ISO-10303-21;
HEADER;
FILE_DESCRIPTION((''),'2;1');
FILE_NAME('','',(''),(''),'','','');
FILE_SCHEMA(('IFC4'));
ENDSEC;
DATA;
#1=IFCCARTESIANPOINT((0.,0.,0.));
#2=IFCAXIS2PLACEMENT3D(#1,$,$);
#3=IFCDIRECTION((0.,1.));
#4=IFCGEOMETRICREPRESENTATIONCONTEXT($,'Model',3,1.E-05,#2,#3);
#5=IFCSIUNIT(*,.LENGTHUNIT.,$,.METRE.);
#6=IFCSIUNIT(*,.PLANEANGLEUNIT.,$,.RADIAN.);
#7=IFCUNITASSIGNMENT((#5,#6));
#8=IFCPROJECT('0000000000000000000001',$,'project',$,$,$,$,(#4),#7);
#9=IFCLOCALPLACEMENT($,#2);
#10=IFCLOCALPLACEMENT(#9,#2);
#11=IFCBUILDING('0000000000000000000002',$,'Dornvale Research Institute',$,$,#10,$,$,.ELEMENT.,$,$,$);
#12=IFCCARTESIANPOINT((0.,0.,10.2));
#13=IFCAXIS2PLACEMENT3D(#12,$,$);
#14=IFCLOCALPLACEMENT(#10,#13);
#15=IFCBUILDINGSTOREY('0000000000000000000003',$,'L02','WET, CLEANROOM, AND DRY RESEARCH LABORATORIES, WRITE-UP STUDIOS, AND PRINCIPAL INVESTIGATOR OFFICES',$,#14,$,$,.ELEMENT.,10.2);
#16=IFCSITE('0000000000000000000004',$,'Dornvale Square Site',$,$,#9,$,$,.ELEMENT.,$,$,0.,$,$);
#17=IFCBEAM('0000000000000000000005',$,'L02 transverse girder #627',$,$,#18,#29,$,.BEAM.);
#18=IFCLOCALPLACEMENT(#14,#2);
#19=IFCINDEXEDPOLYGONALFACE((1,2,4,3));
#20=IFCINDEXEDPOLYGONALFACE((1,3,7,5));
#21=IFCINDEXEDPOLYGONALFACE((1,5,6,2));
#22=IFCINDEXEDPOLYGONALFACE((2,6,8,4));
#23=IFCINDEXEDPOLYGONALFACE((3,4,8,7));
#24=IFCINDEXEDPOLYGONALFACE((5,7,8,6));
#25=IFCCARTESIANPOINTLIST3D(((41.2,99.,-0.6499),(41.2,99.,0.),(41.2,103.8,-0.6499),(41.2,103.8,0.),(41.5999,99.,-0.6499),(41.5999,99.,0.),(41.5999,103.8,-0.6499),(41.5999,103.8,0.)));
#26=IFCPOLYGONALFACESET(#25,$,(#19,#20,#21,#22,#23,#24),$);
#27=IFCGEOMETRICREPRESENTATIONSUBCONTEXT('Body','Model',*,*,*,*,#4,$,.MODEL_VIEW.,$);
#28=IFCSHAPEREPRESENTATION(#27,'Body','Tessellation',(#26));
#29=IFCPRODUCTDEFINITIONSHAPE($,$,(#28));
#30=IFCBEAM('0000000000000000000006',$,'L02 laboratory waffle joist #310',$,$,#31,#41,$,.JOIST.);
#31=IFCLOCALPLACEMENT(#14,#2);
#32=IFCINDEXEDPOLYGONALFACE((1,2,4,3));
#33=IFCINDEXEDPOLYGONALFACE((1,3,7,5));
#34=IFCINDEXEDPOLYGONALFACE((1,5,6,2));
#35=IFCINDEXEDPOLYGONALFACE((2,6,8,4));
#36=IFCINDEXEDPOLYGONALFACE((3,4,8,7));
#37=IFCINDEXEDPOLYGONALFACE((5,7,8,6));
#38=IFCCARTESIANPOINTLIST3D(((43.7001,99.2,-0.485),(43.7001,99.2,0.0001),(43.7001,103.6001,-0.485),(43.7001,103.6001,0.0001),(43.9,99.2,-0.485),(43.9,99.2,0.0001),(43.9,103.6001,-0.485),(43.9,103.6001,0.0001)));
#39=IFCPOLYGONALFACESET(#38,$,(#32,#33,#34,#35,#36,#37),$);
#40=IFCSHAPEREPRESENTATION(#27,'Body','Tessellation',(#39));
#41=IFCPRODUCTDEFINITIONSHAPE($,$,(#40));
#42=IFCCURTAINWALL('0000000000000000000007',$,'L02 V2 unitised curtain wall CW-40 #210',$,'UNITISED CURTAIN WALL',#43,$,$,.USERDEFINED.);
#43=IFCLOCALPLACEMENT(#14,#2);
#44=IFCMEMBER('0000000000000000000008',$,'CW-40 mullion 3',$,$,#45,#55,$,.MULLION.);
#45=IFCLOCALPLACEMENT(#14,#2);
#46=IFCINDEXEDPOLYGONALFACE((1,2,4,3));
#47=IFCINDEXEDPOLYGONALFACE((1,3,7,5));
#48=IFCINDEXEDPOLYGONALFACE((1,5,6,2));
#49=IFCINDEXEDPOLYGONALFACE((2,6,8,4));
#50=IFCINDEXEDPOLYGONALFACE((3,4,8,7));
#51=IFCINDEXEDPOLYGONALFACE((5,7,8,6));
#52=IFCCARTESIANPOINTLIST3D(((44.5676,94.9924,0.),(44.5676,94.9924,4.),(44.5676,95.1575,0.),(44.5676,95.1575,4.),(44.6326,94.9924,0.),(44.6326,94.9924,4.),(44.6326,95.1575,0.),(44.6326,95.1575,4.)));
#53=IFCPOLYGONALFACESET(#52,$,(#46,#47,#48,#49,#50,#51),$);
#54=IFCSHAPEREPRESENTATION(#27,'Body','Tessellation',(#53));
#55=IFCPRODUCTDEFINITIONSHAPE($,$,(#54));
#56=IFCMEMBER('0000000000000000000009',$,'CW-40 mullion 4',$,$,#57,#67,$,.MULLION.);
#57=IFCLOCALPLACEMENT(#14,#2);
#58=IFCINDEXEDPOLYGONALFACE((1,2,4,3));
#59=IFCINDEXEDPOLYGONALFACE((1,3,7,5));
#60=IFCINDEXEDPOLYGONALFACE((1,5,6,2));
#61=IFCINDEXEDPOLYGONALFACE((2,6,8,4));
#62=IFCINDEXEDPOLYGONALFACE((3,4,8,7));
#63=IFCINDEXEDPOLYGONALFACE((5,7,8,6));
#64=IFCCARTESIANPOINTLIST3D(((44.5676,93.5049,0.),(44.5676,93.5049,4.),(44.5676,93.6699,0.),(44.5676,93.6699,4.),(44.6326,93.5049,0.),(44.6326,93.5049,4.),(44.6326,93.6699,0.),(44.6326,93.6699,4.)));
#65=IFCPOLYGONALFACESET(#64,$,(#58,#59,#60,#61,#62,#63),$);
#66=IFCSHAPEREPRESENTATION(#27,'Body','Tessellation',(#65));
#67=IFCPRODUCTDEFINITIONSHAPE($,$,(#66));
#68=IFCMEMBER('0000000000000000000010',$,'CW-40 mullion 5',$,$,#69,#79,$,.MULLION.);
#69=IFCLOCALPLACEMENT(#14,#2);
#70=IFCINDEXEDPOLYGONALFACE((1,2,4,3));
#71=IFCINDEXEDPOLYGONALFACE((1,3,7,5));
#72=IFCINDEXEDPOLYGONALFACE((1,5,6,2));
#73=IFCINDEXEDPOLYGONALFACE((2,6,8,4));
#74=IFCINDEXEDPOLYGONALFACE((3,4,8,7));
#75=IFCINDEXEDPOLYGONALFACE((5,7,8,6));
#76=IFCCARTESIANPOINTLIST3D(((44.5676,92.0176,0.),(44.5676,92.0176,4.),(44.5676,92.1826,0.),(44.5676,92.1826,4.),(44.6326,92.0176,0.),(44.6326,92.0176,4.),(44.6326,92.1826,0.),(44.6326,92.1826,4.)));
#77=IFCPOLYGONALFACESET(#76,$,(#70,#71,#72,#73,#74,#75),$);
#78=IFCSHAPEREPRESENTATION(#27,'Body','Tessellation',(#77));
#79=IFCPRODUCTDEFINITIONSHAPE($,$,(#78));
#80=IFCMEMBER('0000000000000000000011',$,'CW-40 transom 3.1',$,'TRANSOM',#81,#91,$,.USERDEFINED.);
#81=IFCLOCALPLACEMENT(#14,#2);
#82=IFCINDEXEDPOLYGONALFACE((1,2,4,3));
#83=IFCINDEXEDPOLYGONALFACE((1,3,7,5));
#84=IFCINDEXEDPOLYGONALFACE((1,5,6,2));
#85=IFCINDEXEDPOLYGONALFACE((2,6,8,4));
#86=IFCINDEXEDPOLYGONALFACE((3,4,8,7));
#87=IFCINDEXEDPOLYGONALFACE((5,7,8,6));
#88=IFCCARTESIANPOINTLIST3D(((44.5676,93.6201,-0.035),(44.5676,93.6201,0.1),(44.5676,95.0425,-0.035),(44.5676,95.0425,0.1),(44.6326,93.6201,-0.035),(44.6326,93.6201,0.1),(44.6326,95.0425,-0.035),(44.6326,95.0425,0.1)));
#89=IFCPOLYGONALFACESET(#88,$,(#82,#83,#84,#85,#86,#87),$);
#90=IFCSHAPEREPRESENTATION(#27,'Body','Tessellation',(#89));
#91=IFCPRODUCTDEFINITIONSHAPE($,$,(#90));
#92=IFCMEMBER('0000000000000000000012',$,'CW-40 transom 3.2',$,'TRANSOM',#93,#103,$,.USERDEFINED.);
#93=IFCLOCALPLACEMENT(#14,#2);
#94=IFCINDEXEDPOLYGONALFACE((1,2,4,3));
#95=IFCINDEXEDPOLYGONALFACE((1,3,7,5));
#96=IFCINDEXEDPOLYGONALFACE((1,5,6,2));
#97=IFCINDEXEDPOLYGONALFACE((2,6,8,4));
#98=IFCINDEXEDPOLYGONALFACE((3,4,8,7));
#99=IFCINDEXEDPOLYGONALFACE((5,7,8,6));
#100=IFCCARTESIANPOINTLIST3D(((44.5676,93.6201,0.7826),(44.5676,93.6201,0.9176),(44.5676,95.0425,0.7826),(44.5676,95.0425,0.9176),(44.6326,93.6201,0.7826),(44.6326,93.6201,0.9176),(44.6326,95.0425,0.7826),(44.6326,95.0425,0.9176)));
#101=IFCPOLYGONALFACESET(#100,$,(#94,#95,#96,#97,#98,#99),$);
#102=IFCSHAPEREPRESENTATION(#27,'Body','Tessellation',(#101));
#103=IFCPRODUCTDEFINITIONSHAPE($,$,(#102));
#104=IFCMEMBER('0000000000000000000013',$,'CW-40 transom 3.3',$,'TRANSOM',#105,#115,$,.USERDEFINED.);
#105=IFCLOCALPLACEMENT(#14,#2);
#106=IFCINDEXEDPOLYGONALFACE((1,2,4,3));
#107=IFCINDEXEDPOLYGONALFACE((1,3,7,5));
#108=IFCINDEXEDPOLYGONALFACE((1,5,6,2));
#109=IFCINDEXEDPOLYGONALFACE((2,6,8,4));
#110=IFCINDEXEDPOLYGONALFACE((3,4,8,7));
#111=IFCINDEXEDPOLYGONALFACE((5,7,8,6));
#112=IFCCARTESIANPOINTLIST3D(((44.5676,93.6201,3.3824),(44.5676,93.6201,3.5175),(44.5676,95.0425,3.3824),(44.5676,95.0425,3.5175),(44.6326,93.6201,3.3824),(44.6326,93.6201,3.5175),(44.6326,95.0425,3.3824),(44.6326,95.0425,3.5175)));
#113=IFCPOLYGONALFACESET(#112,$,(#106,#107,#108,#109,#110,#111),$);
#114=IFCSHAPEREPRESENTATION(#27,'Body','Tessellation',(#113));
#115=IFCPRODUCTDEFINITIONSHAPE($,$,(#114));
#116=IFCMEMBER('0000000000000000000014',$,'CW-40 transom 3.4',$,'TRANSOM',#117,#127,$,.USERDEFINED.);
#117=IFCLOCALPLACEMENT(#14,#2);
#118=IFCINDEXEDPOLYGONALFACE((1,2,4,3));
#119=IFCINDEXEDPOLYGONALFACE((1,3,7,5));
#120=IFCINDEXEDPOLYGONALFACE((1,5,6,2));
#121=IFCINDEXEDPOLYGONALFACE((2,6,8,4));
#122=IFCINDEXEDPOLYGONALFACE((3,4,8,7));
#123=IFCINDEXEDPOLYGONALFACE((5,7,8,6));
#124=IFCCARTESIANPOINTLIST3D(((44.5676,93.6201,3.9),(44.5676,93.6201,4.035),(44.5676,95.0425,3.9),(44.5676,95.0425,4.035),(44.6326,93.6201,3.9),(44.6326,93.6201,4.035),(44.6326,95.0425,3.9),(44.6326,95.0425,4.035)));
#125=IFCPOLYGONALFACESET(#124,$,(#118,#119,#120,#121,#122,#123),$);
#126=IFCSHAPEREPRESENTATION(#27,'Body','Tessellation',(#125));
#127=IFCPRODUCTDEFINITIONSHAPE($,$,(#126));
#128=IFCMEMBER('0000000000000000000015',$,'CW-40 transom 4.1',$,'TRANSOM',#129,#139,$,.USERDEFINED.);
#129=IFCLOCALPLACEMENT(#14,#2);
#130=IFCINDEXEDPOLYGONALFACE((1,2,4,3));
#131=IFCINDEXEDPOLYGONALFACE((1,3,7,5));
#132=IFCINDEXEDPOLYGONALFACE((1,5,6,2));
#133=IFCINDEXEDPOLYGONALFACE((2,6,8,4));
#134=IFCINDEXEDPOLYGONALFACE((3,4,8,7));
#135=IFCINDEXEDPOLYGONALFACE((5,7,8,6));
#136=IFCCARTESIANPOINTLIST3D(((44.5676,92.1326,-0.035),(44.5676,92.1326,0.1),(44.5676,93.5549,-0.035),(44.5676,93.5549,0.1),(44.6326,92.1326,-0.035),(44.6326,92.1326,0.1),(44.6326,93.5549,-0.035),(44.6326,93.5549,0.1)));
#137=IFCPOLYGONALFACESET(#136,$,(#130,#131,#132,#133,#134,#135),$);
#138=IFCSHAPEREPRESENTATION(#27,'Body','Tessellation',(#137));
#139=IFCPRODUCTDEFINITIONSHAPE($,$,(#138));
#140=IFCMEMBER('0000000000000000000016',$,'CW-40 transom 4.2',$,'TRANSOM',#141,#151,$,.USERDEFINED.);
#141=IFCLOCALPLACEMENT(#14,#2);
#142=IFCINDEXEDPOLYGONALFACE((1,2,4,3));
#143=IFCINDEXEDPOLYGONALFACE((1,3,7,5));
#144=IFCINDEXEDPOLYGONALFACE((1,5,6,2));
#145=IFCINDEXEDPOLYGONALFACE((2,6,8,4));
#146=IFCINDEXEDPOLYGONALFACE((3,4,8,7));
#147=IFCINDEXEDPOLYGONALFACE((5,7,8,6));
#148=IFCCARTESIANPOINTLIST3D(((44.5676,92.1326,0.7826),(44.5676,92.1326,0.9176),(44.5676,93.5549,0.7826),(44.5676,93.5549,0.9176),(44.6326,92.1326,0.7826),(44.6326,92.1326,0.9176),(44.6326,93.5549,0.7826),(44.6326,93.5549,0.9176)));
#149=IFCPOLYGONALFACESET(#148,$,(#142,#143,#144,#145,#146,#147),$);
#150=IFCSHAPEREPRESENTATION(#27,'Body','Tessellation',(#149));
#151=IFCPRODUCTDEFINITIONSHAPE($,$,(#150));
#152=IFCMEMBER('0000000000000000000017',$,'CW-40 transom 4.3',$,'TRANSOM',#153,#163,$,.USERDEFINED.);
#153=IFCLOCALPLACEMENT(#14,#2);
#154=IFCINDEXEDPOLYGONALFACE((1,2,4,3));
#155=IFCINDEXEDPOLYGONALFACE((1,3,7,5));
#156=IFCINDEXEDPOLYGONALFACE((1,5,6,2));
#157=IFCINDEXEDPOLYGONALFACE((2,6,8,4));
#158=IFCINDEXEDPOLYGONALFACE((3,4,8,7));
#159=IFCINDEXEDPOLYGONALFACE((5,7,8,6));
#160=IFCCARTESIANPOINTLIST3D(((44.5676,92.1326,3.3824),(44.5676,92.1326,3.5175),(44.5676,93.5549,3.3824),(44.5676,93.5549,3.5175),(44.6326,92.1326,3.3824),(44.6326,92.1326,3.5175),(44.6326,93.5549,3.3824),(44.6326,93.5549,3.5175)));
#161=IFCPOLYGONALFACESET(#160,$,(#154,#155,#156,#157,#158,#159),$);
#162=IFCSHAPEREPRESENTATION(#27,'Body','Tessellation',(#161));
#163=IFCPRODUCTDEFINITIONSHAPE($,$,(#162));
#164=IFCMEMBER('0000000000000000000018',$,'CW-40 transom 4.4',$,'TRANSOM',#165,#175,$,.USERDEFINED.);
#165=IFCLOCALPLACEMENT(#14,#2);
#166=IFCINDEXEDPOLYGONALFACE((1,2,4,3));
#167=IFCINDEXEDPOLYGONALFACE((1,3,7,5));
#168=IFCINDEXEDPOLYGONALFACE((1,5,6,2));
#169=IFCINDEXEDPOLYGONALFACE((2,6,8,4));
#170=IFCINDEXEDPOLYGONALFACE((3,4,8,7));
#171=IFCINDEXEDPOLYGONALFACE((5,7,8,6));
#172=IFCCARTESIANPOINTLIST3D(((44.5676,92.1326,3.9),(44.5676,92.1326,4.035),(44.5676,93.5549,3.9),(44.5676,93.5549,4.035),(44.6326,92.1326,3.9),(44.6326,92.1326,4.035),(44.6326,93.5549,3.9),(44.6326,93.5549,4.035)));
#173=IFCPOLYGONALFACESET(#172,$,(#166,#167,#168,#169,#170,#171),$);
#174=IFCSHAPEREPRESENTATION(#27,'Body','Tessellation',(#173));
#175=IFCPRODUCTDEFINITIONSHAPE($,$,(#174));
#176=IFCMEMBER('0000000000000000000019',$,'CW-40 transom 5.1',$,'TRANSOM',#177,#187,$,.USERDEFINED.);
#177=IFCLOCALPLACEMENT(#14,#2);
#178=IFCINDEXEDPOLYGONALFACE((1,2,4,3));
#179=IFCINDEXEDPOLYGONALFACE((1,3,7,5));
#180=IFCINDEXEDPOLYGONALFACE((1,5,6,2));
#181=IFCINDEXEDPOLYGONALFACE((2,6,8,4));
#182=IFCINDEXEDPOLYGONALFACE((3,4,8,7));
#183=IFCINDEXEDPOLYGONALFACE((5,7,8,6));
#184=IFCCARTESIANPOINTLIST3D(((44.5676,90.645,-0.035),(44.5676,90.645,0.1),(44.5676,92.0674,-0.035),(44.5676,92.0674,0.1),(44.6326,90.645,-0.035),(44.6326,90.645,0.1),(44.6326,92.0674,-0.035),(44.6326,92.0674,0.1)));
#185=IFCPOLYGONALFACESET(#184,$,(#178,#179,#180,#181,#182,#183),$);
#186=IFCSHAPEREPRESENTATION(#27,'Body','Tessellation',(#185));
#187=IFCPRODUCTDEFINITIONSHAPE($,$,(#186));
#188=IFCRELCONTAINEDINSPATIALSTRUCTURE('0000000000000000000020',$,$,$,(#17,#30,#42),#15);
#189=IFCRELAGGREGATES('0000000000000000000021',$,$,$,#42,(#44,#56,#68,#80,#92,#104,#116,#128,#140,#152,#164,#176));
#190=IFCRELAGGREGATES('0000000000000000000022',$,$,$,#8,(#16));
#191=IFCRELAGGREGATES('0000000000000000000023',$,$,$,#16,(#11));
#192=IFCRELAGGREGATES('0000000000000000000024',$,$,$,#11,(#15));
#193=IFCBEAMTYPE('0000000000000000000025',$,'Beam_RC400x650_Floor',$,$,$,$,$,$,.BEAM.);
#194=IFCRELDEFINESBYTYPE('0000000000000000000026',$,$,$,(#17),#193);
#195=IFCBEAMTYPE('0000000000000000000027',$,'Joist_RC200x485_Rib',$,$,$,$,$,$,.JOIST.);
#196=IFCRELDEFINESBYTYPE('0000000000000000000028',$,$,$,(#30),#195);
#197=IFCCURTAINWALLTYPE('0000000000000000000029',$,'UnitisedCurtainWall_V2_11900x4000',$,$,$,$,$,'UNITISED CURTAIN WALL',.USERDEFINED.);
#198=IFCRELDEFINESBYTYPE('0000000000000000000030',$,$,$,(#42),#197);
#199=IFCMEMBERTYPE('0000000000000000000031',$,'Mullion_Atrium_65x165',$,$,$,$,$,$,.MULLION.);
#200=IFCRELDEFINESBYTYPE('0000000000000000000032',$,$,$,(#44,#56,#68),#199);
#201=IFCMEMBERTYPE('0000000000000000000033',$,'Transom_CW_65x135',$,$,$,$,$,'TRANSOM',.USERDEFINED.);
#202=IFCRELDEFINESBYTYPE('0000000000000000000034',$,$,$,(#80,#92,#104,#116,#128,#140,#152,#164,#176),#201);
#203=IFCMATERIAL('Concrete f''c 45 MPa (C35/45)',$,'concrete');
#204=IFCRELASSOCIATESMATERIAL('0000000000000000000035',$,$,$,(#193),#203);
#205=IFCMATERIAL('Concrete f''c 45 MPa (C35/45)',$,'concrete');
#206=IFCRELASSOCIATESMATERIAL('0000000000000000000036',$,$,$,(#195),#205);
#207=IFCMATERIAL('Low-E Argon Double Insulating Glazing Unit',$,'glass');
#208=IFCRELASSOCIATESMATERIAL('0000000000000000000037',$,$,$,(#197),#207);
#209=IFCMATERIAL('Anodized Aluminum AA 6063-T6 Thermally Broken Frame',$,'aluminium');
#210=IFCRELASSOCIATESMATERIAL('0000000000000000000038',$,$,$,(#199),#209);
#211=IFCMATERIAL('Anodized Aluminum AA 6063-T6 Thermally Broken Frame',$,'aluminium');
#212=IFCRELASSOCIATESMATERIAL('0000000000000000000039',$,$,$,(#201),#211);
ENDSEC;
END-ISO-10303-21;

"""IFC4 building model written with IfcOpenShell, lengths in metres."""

from ifc_helpers import new_model, si_unit, direction, frame, origin, origin_2d, place, context, subcontext, project, spatial, rectangle, extrude, material, material_profile, profile_set, type_object, element, aggregate, save


model = new_model("IFC4")

# Units and contexts
model_context = context("Model", 3, precision=1e-05, world=origin(), true_north=direction((0.0, 1.0)))
body_context = subcontext(model_context, "Body", "Model", "MODEL_VIEW")
ifc_project = project(units=[si_unit("LENGTHUNIT", "METRE"), si_unit("PLANEANGLEUNIT", "RADIAN")], contexts=[model_context])

# Site, building, storey
site_placement = place(None, origin())
site = spatial("IfcSite", under=ifc_project, at=site_placement, Name="Dornvale Square Site", CompositionType="ELEMENT", RefElevation=0.0)
building_placement = place(site_placement, origin())
building = spatial("IfcBuilding", under=site, at=building_placement, Name="Dornvale Research Institute", CompositionType="ELEMENT")
storey_placement = place(building_placement, frame((0.0, 0.0, 10.2)))
storey = spatial("IfcBuildingStorey", under=building, at=storey_placement, Name="L02", Description="WET, CLEANROOM, AND DRY RESEARCH LABORATORIES, WRITE-UP STUDIOS, AND PRINCIPAL INVESTIGATOR OFFICES", CompositionType="ELEMENT", Elevation=10.2)

# Beams
ifc_material_1 = material(Name="Concrete f'c 45 MPa (C35/45)", Category="concrete")
ifc_material_profile_1 = material_profile(ifc_material_1, rectangle(XDim=0.3999, YDim=0.6499, at=origin_2d()), Name="RC 400x650")
ifc_profile_set_1 = profile_set([ifc_material_profile_1], Name="Concrete f'c 45 MPa (C35/45)")
beam_type_1 = type_object("IfcBeamType", Name="Beam_RC400x650_Floor", PredefinedType="BEAM", material=ifc_profile_set_1)
beam_1_placement = place(storey_placement, frame((41.3999, 99.0, -0.325), z_axis=(0.0, 1.0, 0.0), x_axis=(-1.0, 0.0, 0.0)))
element("IfcBeam", 1, at=beam_1_placement, inside=storey, type_object=beam_type_1, Name="L02 transverse girder #627", PredefinedType="BEAM", context=body_context, shape_type="SweptSolid", body=[
    extrude(rectangle(XDim=0.3999, YDim=0.6499, at=origin_2d()), origin(), (0.0, 0.0, 1.0), 4.8),
])
ifc_material_2 = material(Name="Concrete f'c 45 MPa (C35/45)", Category="concrete")
ifc_material_profile_2 = material_profile(ifc_material_2, rectangle(XDim=0.2, YDim=0.4851, at=origin_2d()), Name="RC 200x485")
ifc_profile_set_2 = profile_set([ifc_material_profile_2], Name="Concrete f'c 45 MPa (C35/45)")
beam_type_2 = type_object("IfcBeamType", Name="Joist_RC200x485_Rib", PredefinedType="JOIST", material=ifc_profile_set_2)
beam_2_placement = place(storey_placement, frame((43.8, 99.2, -0.2424), z_axis=(0.0, 1.0, 0.0), x_axis=(-1.0, 0.0, 0.0)))
element("IfcBeam", 2, at=beam_2_placement, inside=storey, type_object=beam_type_2, Name="L02 laboratory waffle joist #310", PredefinedType="JOIST", context=body_context, shape_type="SweptSolid", body=[
    extrude(rectangle(XDim=0.2, YDim=0.4851, at=origin_2d()), origin(), (0.0, 0.0, 1.0), 4.4001),
])

# Curtain wall, members
ifc_material_3 = material(Name="Low-E Argon Double Insulating Glazing Unit", Category="glass")
curtain_wall_type = type_object("IfcCurtainWallType", Name="UnitisedCurtainWall_V2_11900x4000", ElementType="UNITISED CURTAIN WALL", PredefinedType="USERDEFINED", material=ifc_material_3)
curtain_wall_placement = place(storey_placement, origin())
curtain_wall = element("IfcCurtainWall", 3, at=curtain_wall_placement, inside=storey, type_object=curtain_wall_type, Name="L02 V2 unitised curtain wall CW-40 #210", ObjectType="UNITISED CURTAIN WALL", PredefinedType="USERDEFINED")
ifc_material_4 = material(Name="Anodized Aluminum AA 6063-T6 Thermally Broken Frame", Category="aluminium")
ifc_material_profile_3 = material_profile(ifc_material_4, rectangle(XDim=0.0649, YDim=0.165, at=origin_2d()), Name="ALU MULLION 65x165")
ifc_profile_set_3 = profile_set([ifc_material_profile_3], Name="Anodized Aluminum AA 6063-T6 Thermally Broken Frame")
member_type_1 = type_object("IfcMemberType", Name="Mullion_Atrium_65x165", PredefinedType="MULLION", material=ifc_profile_set_3)
member_1_placement = place(storey_placement, frame((44.6001, 95.075, 0.0), z_axis=(0.0, 0.0, 1.0), x_axis=(1.0, 0.0, 0.0)))
member_1 = element("IfcMember", 4, at=member_1_placement, type_object=member_type_1, Name="CW-40 mullion 3", PredefinedType="MULLION", context=body_context, shape_type="SweptSolid", body=[
    extrude(rectangle(XDim=0.0649, YDim=0.165, at=origin_2d()), origin(), (0.0, 0.0, 1.0), 4.0),
])
member_2_placement = place(storey_placement, frame((44.6001, 93.5874, 0.0), z_axis=(0.0, 0.0, 1.0), x_axis=(1.0, 0.0, 0.0)))
member_2 = element("IfcMember", 5, at=member_2_placement, type_object=member_type_1, Name="CW-40 mullion 4", PredefinedType="MULLION", context=body_context, shape_type="SweptSolid", body=[
    extrude(rectangle(XDim=0.0649, YDim=0.165, at=origin_2d()), origin(), (0.0, 0.0, 1.0), 4.0),
])
member_3_placement = place(storey_placement, frame((44.6001, 92.1001, 0.0), z_axis=(0.0, 0.0, 1.0), x_axis=(1.0, 0.0, 0.0)))
member_3 = element("IfcMember", 6, at=member_3_placement, type_object=member_type_1, Name="CW-40 mullion 5", PredefinedType="MULLION", context=body_context, shape_type="SweptSolid", body=[
    extrude(rectangle(XDim=0.0649, YDim=0.165, at=origin_2d()), origin(), (0.0, 0.0, 1.0), 4.0),
])
ifc_material_5 = material(Name="Anodized Aluminum AA 6063-T6 Thermally Broken Frame", Category="aluminium")
ifc_material_profile_4 = material_profile(ifc_material_5, rectangle(XDim=0.0649, YDim=0.135, at=origin_2d()), Name="ALU TRANSOM 65x135")
ifc_profile_set_4 = profile_set([ifc_material_profile_4], Name="Anodized Aluminum AA 6063-T6 Thermally Broken Frame")
member_type_2 = type_object("IfcMemberType", Name="Transom_CW_65x135", ElementType="TRANSOM", PredefinedType="USERDEFINED", material=ifc_profile_set_4)
member_4_placement = place(storey_placement, frame((44.6001, 95.0425, 0.0325), z_axis=(0.0, -1.0, 0.0), x_axis=(1.0, 0.0, 0.0)))
member_4 = element("IfcMember", 7, at=member_4_placement, type_object=member_type_2, Name="CW-40 transom 3.1", ObjectType="TRANSOM", PredefinedType="USERDEFINED", context=body_context, shape_type="SweptSolid", body=[
    extrude(rectangle(XDim=0.0649, YDim=0.135, at=origin_2d()), origin(), (0.0, 0.0, 1.0), 1.4224),
])
member_5_placement = place(storey_placement, frame((44.6001, 95.0425, 0.8501), z_axis=(0.0, -1.0, 0.0), x_axis=(1.0, 0.0, 0.0)))
member_5 = element("IfcMember", 8, at=member_5_placement, type_object=member_type_2, Name="CW-40 transom 3.2", ObjectType="TRANSOM", PredefinedType="USERDEFINED", context=body_context, shape_type="SweptSolid", body=[
    extrude(rectangle(XDim=0.0649, YDim=0.135, at=origin_2d()), origin(), (0.0, 0.0, 1.0), 1.4224),
])
member_6_placement = place(storey_placement, frame((44.6001, 95.0425, 3.45), z_axis=(0.0, -1.0, 0.0), x_axis=(1.0, 0.0, 0.0)))
member_6 = element("IfcMember", 9, at=member_6_placement, type_object=member_type_2, Name="CW-40 transom 3.3", ObjectType="TRANSOM", PredefinedType="USERDEFINED", context=body_context, shape_type="SweptSolid", body=[
    extrude(rectangle(XDim=0.0649, YDim=0.135, at=origin_2d()), origin(), (0.0, 0.0, 1.0), 1.4224),
])
member_7_placement = place(storey_placement, frame((44.6001, 95.0425, 3.9675), z_axis=(0.0, -1.0, 0.0), x_axis=(1.0, 0.0, 0.0)))
member_7 = element("IfcMember", 10, at=member_7_placement, type_object=member_type_2, Name="CW-40 transom 3.4", ObjectType="TRANSOM", PredefinedType="USERDEFINED", context=body_context, shape_type="SweptSolid", body=[
    extrude(rectangle(XDim=0.0649, YDim=0.135, at=origin_2d()), origin(), (0.0, 0.0, 1.0), 1.4224),
])
member_8_placement = place(storey_placement, frame((44.6001, 93.5549, 0.0325), z_axis=(0.0, -1.0, 0.0), x_axis=(1.0, 0.0, 0.0)))
member_8 = element("IfcMember", 11, at=member_8_placement, type_object=member_type_2, Name="CW-40 transom 4.1", ObjectType="TRANSOM", PredefinedType="USERDEFINED", context=body_context, shape_type="SweptSolid", body=[
    extrude(rectangle(XDim=0.0649, YDim=0.135, at=origin_2d()), origin(), (0.0, 0.0, 1.0), 1.4224),
])
member_9_placement = place(storey_placement, frame((44.6001, 93.5549, 0.8501), z_axis=(0.0, -1.0, 0.0), x_axis=(1.0, 0.0, 0.0)))
member_9 = element("IfcMember", 12, at=member_9_placement, type_object=member_type_2, Name="CW-40 transom 4.2", ObjectType="TRANSOM", PredefinedType="USERDEFINED", context=body_context, shape_type="SweptSolid", body=[
    extrude(rectangle(XDim=0.0649, YDim=0.135, at=origin_2d()), origin(), (0.0, 0.0, 1.0), 1.4224),
])
member_10_placement = place(storey_placement, frame((44.6001, 93.5549, 3.45), z_axis=(0.0, -1.0, 0.0), x_axis=(1.0, 0.0, 0.0)))
member_10 = element("IfcMember", 13, at=member_10_placement, type_object=member_type_2, Name="CW-40 transom 4.3", ObjectType="TRANSOM", PredefinedType="USERDEFINED", context=body_context, shape_type="SweptSolid", body=[
    extrude(rectangle(XDim=0.0649, YDim=0.135, at=origin_2d()), origin(), (0.0, 0.0, 1.0), 1.4224),
])
member_11_placement = place(storey_placement, frame((44.6001, 93.5549, 3.9675), z_axis=(0.0, -1.0, 0.0), x_axis=(1.0, 0.0, 0.0)))
member_11 = element("IfcMember", 14, at=member_11_placement, type_object=member_type_2, Name="CW-40 transom 4.4", ObjectType="TRANSOM", PredefinedType="USERDEFINED", context=body_context, shape_type="SweptSolid", body=[
    extrude(rectangle(XDim=0.0649, YDim=0.135, at=origin_2d()), origin(), (0.0, 0.0, 1.0), 1.4224),
])
member_12_placement = place(storey_placement, frame((44.6001, 92.0674, 0.0325), z_axis=(0.0, -1.0, 0.0), x_axis=(1.0, 0.0, 0.0)))
member_12 = element("IfcMember", 15, at=member_12_placement, type_object=member_type_2, Name="CW-40 transom 5.1", ObjectType="TRANSOM", PredefinedType="USERDEFINED", context=body_context, shape_type="SweptSolid", body=[
    extrude(rectangle(XDim=0.0649, YDim=0.135, at=origin_2d()), origin(), (0.0, 0.0, 1.0), 1.4224),
])
aggregate(curtain_wall, [member_1, member_2, member_3, member_4, member_5, member_6, member_7, member_8, member_9, member_10, member_11, member_12])

save(model, "model.ifc")
